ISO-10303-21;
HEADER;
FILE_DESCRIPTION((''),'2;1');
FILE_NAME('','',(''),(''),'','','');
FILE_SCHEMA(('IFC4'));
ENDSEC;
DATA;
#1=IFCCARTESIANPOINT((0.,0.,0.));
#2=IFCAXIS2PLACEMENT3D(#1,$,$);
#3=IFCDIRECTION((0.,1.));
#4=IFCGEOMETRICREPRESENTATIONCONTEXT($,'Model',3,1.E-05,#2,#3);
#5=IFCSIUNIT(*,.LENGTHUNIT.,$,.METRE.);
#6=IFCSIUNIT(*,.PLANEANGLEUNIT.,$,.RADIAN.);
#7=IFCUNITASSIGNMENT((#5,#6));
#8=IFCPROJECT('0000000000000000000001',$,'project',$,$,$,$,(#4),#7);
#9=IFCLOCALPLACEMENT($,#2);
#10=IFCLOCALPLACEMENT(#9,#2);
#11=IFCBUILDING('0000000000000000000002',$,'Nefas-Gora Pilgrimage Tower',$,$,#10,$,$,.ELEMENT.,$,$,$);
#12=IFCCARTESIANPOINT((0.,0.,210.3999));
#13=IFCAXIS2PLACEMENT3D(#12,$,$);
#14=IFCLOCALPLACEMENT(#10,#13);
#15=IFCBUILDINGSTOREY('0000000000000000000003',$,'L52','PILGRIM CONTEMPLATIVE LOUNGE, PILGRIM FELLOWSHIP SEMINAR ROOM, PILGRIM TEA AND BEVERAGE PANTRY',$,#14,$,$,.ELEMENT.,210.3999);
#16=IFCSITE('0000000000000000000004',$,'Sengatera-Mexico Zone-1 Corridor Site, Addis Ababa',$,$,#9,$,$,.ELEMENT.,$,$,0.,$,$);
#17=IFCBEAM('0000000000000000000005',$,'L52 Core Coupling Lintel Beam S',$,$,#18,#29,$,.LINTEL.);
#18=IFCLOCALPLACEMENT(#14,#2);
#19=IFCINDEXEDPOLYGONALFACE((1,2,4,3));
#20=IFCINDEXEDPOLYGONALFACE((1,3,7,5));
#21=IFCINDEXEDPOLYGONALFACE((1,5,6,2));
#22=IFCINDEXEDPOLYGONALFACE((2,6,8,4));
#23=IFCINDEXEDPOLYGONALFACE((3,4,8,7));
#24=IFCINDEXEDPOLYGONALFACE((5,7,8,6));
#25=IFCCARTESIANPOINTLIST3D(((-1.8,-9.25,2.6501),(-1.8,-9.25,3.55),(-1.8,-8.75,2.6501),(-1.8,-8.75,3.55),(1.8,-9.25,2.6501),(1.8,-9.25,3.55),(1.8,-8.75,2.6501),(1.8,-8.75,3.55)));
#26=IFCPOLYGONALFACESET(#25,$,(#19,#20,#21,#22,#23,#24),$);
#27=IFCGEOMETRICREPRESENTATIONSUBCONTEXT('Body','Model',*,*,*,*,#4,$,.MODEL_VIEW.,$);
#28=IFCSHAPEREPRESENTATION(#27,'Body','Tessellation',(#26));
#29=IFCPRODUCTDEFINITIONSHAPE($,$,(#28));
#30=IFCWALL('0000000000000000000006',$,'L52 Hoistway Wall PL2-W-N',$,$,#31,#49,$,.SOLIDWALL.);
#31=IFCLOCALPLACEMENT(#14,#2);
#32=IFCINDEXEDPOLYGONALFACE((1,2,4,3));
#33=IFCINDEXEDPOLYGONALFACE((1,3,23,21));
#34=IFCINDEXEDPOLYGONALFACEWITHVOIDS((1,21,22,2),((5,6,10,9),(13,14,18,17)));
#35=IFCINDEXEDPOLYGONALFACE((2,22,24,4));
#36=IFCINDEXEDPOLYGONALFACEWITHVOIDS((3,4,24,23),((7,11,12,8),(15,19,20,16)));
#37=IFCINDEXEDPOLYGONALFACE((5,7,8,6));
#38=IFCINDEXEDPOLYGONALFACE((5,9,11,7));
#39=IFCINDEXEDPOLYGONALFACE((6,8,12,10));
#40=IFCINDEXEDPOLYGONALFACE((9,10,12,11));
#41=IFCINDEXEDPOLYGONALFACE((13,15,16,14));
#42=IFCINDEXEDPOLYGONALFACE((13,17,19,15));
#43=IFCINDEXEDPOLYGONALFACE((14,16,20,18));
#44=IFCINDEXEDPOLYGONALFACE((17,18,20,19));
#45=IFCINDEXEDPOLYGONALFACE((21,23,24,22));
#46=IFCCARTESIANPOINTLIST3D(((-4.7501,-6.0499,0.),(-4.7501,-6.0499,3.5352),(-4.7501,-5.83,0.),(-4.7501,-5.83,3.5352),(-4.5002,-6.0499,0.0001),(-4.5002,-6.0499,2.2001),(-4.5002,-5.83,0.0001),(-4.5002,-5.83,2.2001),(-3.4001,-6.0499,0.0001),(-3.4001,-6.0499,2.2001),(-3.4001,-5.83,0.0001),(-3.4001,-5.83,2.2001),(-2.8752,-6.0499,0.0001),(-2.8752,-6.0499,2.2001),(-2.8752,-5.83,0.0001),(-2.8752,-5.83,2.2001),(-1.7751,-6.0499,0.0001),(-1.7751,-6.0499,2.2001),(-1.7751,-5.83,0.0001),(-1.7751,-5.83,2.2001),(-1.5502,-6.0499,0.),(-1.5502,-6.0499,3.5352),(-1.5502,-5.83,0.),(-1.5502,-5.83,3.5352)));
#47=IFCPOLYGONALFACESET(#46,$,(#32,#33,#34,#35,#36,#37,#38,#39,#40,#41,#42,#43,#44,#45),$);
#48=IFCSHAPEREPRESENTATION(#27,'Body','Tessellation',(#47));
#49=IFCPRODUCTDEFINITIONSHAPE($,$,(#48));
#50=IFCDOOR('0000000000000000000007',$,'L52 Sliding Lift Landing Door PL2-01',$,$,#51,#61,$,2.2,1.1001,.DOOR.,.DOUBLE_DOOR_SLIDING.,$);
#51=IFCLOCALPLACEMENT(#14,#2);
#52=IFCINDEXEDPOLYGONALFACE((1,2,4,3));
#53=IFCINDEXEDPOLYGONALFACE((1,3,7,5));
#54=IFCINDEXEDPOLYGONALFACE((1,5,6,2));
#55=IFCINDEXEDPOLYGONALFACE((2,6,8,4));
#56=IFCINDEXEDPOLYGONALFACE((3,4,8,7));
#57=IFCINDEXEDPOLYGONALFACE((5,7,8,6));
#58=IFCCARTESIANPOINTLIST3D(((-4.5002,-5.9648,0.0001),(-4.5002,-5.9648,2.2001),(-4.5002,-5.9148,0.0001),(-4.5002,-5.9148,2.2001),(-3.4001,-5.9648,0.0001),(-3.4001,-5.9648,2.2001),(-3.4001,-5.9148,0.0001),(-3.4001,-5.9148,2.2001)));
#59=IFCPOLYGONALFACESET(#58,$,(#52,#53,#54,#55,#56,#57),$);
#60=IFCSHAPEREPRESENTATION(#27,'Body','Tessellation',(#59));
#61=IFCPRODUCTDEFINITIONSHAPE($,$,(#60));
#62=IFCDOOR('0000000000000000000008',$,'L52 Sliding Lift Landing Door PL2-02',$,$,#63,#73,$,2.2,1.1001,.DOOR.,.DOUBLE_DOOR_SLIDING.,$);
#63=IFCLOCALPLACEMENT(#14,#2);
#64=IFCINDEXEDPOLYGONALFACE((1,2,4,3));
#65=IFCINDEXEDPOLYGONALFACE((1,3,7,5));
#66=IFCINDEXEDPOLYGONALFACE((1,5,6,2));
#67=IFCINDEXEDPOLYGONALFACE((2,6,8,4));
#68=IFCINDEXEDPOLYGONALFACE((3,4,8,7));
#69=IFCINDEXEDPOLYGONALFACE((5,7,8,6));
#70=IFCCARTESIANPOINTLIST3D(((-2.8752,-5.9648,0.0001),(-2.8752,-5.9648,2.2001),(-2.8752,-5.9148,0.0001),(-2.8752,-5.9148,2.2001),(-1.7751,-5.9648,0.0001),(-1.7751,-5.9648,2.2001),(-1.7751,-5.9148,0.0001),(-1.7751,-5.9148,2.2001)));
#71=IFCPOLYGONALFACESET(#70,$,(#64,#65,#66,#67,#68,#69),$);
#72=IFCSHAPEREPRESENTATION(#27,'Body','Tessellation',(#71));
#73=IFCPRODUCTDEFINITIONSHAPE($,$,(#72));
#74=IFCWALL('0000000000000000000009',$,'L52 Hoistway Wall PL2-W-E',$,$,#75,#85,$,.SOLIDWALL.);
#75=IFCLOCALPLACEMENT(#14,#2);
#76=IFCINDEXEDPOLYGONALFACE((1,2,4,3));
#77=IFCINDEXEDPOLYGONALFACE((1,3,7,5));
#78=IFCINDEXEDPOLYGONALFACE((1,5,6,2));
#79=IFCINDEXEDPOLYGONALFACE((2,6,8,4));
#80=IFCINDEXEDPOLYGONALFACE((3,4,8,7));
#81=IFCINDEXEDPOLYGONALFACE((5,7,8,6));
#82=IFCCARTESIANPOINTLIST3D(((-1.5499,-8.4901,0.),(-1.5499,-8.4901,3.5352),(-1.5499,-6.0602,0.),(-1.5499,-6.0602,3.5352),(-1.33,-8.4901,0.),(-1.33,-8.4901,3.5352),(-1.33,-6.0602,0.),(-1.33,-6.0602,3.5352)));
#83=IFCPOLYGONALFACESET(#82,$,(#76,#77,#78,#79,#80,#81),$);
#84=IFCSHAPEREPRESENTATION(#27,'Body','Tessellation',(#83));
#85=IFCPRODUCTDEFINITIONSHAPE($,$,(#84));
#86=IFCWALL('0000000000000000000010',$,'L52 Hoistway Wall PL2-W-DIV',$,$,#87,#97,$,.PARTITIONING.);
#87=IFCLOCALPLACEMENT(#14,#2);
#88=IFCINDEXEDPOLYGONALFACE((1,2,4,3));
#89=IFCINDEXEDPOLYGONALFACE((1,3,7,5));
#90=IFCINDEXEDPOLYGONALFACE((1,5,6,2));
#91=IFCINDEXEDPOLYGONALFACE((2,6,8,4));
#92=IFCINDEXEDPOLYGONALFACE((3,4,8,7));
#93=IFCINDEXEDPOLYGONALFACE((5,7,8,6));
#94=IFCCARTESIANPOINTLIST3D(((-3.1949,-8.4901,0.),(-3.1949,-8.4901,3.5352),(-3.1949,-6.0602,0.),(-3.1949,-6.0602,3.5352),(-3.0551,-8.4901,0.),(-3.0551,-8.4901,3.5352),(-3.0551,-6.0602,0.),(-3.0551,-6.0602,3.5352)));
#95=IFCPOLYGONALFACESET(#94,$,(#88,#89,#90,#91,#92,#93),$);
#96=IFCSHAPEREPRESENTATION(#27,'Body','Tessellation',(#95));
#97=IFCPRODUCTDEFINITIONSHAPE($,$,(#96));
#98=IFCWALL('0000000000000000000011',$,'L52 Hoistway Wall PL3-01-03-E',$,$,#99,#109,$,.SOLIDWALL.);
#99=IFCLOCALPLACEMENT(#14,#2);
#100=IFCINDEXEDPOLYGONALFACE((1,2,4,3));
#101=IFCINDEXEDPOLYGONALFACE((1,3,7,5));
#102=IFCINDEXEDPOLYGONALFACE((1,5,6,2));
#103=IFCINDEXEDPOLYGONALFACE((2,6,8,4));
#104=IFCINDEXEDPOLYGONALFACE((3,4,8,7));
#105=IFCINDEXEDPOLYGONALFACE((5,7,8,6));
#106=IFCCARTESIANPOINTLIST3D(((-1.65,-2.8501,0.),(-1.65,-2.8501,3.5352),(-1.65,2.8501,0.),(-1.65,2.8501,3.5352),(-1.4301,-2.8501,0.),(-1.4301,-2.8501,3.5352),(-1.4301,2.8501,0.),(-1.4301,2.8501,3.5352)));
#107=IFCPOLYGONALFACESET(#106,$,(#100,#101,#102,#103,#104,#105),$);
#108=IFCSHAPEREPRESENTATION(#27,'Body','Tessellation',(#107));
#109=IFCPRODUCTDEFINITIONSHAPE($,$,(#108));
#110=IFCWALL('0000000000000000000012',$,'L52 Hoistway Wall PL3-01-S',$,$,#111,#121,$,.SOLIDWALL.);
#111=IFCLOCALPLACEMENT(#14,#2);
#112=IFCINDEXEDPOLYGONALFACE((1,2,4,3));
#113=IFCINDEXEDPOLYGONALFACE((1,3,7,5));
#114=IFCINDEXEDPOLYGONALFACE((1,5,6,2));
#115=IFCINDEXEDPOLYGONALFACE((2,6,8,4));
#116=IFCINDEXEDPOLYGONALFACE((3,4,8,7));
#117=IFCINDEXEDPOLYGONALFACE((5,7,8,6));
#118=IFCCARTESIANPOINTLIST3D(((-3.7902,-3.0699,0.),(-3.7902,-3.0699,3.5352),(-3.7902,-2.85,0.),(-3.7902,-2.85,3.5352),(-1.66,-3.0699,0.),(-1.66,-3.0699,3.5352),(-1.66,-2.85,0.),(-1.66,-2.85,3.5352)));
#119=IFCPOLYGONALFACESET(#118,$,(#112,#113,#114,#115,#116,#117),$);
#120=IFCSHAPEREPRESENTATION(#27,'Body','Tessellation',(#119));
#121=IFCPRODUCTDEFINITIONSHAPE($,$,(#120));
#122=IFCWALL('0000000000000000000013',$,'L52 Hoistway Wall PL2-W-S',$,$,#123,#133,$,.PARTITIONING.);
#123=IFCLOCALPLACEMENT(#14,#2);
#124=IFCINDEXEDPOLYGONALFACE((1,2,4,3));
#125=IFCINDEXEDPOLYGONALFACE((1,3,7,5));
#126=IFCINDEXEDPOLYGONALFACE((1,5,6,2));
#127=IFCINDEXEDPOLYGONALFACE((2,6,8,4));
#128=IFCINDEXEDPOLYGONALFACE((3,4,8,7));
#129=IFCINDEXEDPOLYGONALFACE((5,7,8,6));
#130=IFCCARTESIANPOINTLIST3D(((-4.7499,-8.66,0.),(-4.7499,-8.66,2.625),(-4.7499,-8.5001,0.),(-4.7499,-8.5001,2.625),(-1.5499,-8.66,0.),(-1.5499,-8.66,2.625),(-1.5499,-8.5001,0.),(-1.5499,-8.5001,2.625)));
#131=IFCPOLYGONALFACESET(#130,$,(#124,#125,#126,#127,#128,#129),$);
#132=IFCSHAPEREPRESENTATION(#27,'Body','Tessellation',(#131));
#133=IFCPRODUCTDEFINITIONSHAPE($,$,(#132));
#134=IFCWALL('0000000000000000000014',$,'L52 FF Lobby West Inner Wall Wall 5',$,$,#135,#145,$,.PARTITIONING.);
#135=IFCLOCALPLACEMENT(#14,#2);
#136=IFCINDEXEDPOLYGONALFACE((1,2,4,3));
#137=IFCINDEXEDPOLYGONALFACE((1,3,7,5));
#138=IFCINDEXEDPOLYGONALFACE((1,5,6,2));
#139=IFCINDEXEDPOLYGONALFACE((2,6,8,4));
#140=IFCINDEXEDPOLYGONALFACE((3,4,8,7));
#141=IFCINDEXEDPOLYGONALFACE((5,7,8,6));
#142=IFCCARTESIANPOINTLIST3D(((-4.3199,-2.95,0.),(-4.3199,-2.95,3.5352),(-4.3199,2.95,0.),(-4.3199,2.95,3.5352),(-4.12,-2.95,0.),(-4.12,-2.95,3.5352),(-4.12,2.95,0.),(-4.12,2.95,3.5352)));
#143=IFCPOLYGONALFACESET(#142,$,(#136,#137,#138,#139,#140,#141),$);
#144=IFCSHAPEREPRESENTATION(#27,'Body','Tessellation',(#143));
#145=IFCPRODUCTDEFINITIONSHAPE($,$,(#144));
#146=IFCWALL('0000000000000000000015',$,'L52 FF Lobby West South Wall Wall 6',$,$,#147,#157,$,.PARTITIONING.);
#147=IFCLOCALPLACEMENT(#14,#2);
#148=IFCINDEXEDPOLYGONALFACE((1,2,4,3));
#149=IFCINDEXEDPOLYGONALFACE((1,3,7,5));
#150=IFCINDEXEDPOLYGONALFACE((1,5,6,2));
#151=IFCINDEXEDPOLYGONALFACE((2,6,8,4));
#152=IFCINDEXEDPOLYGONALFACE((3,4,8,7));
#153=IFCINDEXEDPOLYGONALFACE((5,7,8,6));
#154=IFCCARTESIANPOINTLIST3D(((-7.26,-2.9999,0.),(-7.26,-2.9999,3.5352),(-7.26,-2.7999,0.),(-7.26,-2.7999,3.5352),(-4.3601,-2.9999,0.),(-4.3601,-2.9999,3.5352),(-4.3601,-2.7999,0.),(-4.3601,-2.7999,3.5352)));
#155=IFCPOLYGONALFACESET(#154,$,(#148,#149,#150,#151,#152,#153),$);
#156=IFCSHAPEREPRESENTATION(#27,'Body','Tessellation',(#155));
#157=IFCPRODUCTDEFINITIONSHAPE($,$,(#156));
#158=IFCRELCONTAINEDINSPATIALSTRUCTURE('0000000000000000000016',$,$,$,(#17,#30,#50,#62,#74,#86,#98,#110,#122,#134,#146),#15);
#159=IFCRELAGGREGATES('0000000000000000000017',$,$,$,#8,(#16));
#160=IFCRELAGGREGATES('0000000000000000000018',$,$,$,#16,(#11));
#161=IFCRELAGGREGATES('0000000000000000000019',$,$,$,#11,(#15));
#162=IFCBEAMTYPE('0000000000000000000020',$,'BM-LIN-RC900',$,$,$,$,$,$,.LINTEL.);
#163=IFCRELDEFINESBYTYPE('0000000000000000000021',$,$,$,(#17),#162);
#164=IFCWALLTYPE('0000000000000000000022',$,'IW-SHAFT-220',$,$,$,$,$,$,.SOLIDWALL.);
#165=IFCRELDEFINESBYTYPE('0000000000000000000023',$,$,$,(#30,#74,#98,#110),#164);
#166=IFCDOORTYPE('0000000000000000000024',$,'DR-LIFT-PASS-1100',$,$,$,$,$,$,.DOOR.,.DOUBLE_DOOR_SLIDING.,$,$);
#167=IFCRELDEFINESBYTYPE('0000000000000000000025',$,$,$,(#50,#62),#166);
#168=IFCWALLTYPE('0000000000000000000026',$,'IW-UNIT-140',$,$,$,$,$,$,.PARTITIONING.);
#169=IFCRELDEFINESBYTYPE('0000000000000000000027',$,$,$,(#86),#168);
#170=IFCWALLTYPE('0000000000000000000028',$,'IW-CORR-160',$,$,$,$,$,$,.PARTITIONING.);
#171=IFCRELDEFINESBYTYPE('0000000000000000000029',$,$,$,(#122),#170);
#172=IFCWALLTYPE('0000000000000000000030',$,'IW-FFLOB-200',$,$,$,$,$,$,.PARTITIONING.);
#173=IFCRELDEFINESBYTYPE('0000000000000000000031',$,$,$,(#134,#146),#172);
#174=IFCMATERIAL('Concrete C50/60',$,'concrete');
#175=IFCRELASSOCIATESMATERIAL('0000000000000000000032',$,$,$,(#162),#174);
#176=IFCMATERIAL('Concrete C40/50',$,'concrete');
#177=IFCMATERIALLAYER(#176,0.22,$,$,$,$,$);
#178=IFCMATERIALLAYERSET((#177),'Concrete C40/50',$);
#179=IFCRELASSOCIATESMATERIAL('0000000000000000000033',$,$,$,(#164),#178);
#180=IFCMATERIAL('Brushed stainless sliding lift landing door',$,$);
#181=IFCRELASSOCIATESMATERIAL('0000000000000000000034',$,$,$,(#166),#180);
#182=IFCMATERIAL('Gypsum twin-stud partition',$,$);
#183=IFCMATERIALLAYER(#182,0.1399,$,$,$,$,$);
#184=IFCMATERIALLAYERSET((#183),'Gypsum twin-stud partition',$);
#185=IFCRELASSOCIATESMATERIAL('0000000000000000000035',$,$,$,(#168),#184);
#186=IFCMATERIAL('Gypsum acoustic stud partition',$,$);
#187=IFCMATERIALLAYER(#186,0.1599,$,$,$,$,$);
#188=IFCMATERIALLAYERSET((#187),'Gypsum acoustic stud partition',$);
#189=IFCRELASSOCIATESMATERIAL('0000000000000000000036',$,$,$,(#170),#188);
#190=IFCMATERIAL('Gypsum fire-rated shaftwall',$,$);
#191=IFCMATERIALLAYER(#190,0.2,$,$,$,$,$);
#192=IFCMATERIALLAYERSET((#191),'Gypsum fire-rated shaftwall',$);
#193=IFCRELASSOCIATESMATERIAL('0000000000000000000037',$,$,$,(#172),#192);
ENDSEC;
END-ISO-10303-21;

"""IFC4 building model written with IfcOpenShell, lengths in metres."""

from ifc_helpers import new_model, si_unit, direction, frame, frame_2d, origin, origin_2d, place, context, subcontext, project, spatial, rectangle, extrude, source, transform, mapped, material, layer, layer_set, material_profile, profile_set, type_object, element, fill, save


model = new_model("IFC4")

# Units and contexts
model_context = context("Model", 3, precision=1e-05, world=origin(), true_north=direction((0.0, 1.0)))
body_context = subcontext(model_context, "Body", "Model", "MODEL_VIEW")
ifc_project = project(units=[si_unit("LENGTHUNIT", "METRE"), si_unit("PLANEANGLEUNIT", "RADIAN")], contexts=[model_context])

# Site, building, storey
site_placement = place(None, origin())
site = spatial("IfcSite", under=ifc_project, at=site_placement, Name="Sengatera-Mexico Zone-1 Corridor Site, Addis Ababa", CompositionType="ELEMENT", RefElevation=0.0)
building_placement = place(site_placement, origin())
building = spatial("IfcBuilding", under=site, at=building_placement, Name="Nefas-Gora Pilgrimage Tower", CompositionType="ELEMENT")
storey_placement = place(building_placement, frame((0.0, 0.0, 210.3999)))
storey = spatial("IfcBuildingStorey", under=building, at=storey_placement, Name="L52", Description="PILGRIM CONTEMPLATIVE LOUNGE, PILGRIM FELLOWSHIP SEMINAR ROOM, PILGRIM TEA AND BEVERAGE PANTRY", CompositionType="ELEMENT", Elevation=210.3999)

# Beam
ifc_material_1 = material(Name="Concrete C50/60", Category="concrete")
ifc_material_profile = material_profile(ifc_material_1, rectangle(XDim=0.5, YDim=0.8999, at=origin_2d()), Name="RC 500x900")
ifc_profile_set = profile_set([ifc_material_profile], Name="Concrete C50/60")
beam_type = type_object("IfcBeamType", Name="BM-LIN-RC900", PredefinedType="LINTEL", material=ifc_profile_set)
shared_shape_1 = source(origin(), body_context, "Body", "SweptSolid", [
    extrude(rectangle(XDim=0.5, YDim=0.8999, at=origin_2d()), origin(), (0.0, 0.0, 1.0), 3.6001),
])
beam_placement = place(storey_placement, frame((-1.8, -9.0, 3.1001), z_axis=(1.0, 0.0, 0.0), x_axis=(0.0, 1.0, 0.0)))
element("IfcBeam", 1, at=beam_placement, inside=storey, type_object=beam_type, Name="L52 Core Coupling Lintel Beam S", PredefinedType="LINTEL", context=body_context, shape_type="MappedRepresentation", body=[
    mapped(shared_shape_1, transform((0.0, 0.0, 0.0), x_axis=(1.0, 0.0, 0.0), y_axis=(0.0, 1.0, 0.0), z_axis=(0.0, 0.0, 1.0), scale=1.0)),
])

# Wall, openings, doors
ifc_material_2 = material(Name="Concrete C40/50", Category="concrete")
ifc_layer_1 = layer(ifc_material_2, 0.22)
ifc_layer_set_1 = layer_set([ifc_layer_1], Name="Concrete C40/50")
wall_type_1 = type_object("IfcWallType", Name="IW-SHAFT-220", PredefinedType="SOLIDWALL", material=ifc_layer_set_1)
shared_shape_2 = source(origin(), body_context, "Body", "SweptSolid", [
    extrude(rectangle(XDim=3.2, YDim=0.22, at=frame_2d((1.6001, 0.0))), origin(), (0.0, 0.0, 1.0), 3.5352),
])
wall_1_placement = place(storey_placement, frame((-1.55, -5.9399, 0.0), z_axis=(0.0, 0.0, 1.0), x_axis=(-1.0, 0.0, 0.0)))
wall_1 = element("IfcWall", 2, at=wall_1_placement, inside=storey, type_object=wall_type_1, Name="L52 Hoistway Wall PL2-W-N", PredefinedType="SOLIDWALL", context=body_context, shape_type="MappedRepresentation", body=[
    mapped(shared_shape_2, transform((0.0, 0.0, 0.0), x_axis=(1.0, 0.0, 0.0), y_axis=(0.0, 1.0, 0.0), z_axis=(0.0, 0.0, 1.0), scale=1.0)),
])
opening_1_placement = place(wall_1_placement, frame((1.8501, 0.0, 0.0)))
opening_1 = element("IfcOpeningElement", 3, at=opening_1_placement, cuts=wall_1, PredefinedType="OPENING", context=body_context, shape_type="SweptSolid", body=[
    extrude(rectangle(XDim=1.1001, YDim=2.2, at=frame_2d((0.55, 1.1001))), frame((0.0, 0.1199, 0.0), z_axis=(0.0, -1.0, 0.0), x_axis=(1.0, 0.0, 0.0)), (0.0, 0.0, 1.0), 0.24),
])
opening_2_placement = place(wall_1_placement, frame((0.2251, 0.0, 0.0)))
opening_2 = element("IfcOpeningElement", 4, at=opening_2_placement, cuts=wall_1, PredefinedType="OPENING", context=body_context, shape_type="SweptSolid", body=[
    extrude(rectangle(XDim=1.1001, YDim=2.2, at=frame_2d((0.55, 1.1001))), frame((0.0, 0.1199, 0.0), z_axis=(0.0, -1.0, 0.0), x_axis=(1.0, 0.0, 0.0)), (0.0, 0.0, 1.0), 0.24),
])
ifc_material_3 = material(Name="Brushed stainless sliding lift landing door")
door_type_1 = type_object("IfcDoorType", Name="DR-LIFT-PASS-1100", OperationType="DOUBLE_DOOR_SLIDING", PredefinedType="DOOR", material=ifc_material_3)
shared_shape_3 = source(origin(), body_context, "Body", "SweptSolid", [
    extrude(rectangle(XDim=1.1001, YDim=2.2, at=frame_2d((0.55, 1.1001))), frame((0.0, 0.0249, 0.0), z_axis=(0.0, -1.0, 0.0), x_axis=(1.0, 0.0, 0.0)), (0.0, 0.0, 1.0), 0.05),
])
door_1_placement = place(opening_1_placement, origin())
door_1 = element("IfcDoor", 5, at=door_1_placement, inside=storey, type_object=door_type_1, Name="L52 Sliding Lift Landing Door PL2-01", OperationType="DOUBLE_DOOR_SLIDING", OverallHeight=2.2, OverallWidth=1.1001, PredefinedType="DOOR", context=body_context, shape_type="MappedRepresentation", body=[
    mapped(shared_shape_3, transform((0.0, 0.0, 0.0), x_axis=(1.0, 0.0, 0.0), y_axis=(0.0, 1.0, 0.0), z_axis=(0.0, 0.0, 1.0), scale=1.0)),
])
fill(opening_1, door_1)
door_2_placement = place(opening_2_placement, origin())
door_2 = element("IfcDoor", 6, at=door_2_placement, inside=storey, type_object=door_type_1, Name="L52 Sliding Lift Landing Door PL2-02", OperationType="DOUBLE_DOOR_SLIDING", OverallHeight=2.2, OverallWidth=1.1001, PredefinedType="DOOR", context=body_context, shape_type="MappedRepresentation", body=[
    mapped(shared_shape_3, transform((0.0, 0.0, 0.0), x_axis=(1.0, 0.0, 0.0), y_axis=(0.0, 1.0, 0.0), z_axis=(0.0, 0.0, 1.0), scale=1.0)),
])
fill(opening_2, door_2)

# Walls
shared_shape_4 = source(origin(), body_context, "Body", "SweptSolid", [
    extrude(rectangle(XDim=2.4299, YDim=0.22, at=frame_2d((1.2148, 0.0))), origin(), (0.0, 0.0, 1.0), 3.5352),
])
for number, where, z_axis, x_axis, name in (
    (7, (-1.4399, -8.49, 0.0), (0.0, 0.0, 1.0), (0.0, 1.0, 0.0), "L52 Hoistway Wall PL2-W-E"),
):
    element("IfcWall", number, at=place(storey_placement, frame(where, z_axis=z_axis, x_axis=x_axis)), inside=storey, type_object=wall_type_1, Name=name, PredefinedType="SOLIDWALL", context=body_context, shape_type="MappedRepresentation", body=[
        mapped(shared_shape_4, transform((0.0, 0.0, 0.0), x_axis=(1.0, 0.0, 0.0), y_axis=(0.0, 1.0, 0.0), z_axis=(0.0, 0.0, 1.0), scale=1.0)),
    ])
ifc_material_4 = material(Name="Gypsum twin-stud partition")
ifc_layer_2 = layer(ifc_material_4, 0.1399)
ifc_layer_set_2 = layer_set([ifc_layer_2], Name="Gypsum twin-stud partition")
wall_type_2 = type_object("IfcWallType", Name="IW-UNIT-140", PredefinedType="PARTITIONING", material=ifc_layer_set_2)
shared_shape_5 = source(origin(), body_context, "Body", "SweptSolid", [
    extrude(rectangle(XDim=2.4299, YDim=0.1399, at=frame_2d((1.2148, 0.0))), origin(), (0.0, 0.0, 1.0), 3.5352),
])
wall_2_placement = place(storey_placement, frame((-3.125, -8.49, 0.0), z_axis=(0.0, 0.0, 1.0), x_axis=(0.0, 1.0, 0.0)))
element("IfcWall", 8, at=wall_2_placement, inside=storey, type_object=wall_type_2, Name="L52 Hoistway Wall PL2-W-DIV", PredefinedType="PARTITIONING", context=body_context, shape_type="MappedRepresentation", body=[
    mapped(shared_shape_5, transform((0.0, 0.0, 0.0), x_axis=(1.0, 0.0, 0.0), y_axis=(0.0, 1.0, 0.0), z_axis=(0.0, 0.0, 1.0), scale=1.0)),
])
shared_shape_6 = source(origin(), body_context, "Body", "SweptSolid", [
    extrude(rectangle(XDim=5.7002, YDim=0.22, at=frame_2d((2.8501, 0.0))), origin(), (0.0, 0.0, 1.0), 3.5352),
])
wall_3_placement = place(storey_placement, frame((-1.54, -2.8501, 0.0), z_axis=(0.0, 0.0, 1.0), x_axis=(0.0, 1.0, 0.0)))
element("IfcWall", 9, at=wall_3_placement, inside=storey, type_object=wall_type_1, Name="L52 Hoistway Wall PL3-01-03-E", PredefinedType="SOLIDWALL", context=body_context, shape_type="MappedRepresentation", body=[
    mapped(shared_shape_6, transform((0.0, 0.0, 0.0), x_axis=(1.0, 0.0, 0.0), y_axis=(0.0, 1.0, 0.0), z_axis=(0.0, 0.0, 1.0), scale=1.0)),
])
shared_shape_7 = source(origin(), body_context, "Body", "SweptSolid", [
    extrude(rectangle(XDim=2.1301, YDim=0.22, at=frame_2d((1.0649, 0.0))), origin(), (0.0, 0.0, 1.0), 3.5352),
])
wall_4_placement = place(storey_placement, frame((-3.79, -2.96, 0.0), z_axis=(0.0, 0.0, 1.0), x_axis=(1.0, 0.0, 0.0)))
element("IfcWall", 10, at=wall_4_placement, inside=storey, type_object=wall_type_1, Name="L52 Hoistway Wall PL3-01-S", PredefinedType="SOLIDWALL", context=body_context, shape_type="MappedRepresentation", body=[
    mapped(shared_shape_7, transform((0.0, 0.0, 0.0), x_axis=(1.0, 0.0, 0.0), y_axis=(0.0, 1.0, 0.0), z_axis=(0.0, 0.0, 1.0), scale=1.0)),
])
ifc_material_5 = material(Name="Gypsum acoustic stud partition")
ifc_layer_3 = layer(ifc_material_5, 0.1599)
ifc_layer_set_3 = layer_set([ifc_layer_3], Name="Gypsum acoustic stud partition")
wall_type_3 = type_object("IfcWallType", Name="IW-CORR-160", PredefinedType="PARTITIONING", material=ifc_layer_set_3)
shared_shape_8 = source(origin(), body_context, "Body", "SweptSolid", [
    extrude(rectangle(XDim=3.2, YDim=0.1599, at=frame_2d((1.6001, 0.0))), origin(), (0.0, 0.0, 1.0), 2.625),
])
wall_5_placement = place(storey_placement, frame((-4.75, -8.5801, 0.0), z_axis=(0.0, 0.0, 1.0), x_axis=(1.0, 0.0, 0.0)))
element("IfcWall", 11, at=wall_5_placement, inside=storey, type_object=wall_type_3, Name="L52 Hoistway Wall PL2-W-S", PredefinedType="PARTITIONING", context=body_context, shape_type="MappedRepresentation", body=[
    mapped(shared_shape_8, transform((0.0, 0.0, 0.0), x_axis=(1.0, 0.0, 0.0), y_axis=(0.0, 1.0, 0.0), z_axis=(0.0, 0.0, 1.0), scale=1.0)),
])
ifc_material_6 = material(Name="Gypsum fire-rated shaftwall")
ifc_layer_4 = layer(ifc_material_6, 0.2)
ifc_layer_set_4 = layer_set([ifc_layer_4], Name="Gypsum fire-rated shaftwall")
wall_type_4 = type_object("IfcWallType", Name="IW-FFLOB-200", PredefinedType="PARTITIONING", material=ifc_layer_set_4)
shared_shape_9 = source(origin(), body_context, "Body", "SweptSolid", [
    extrude(rectangle(XDim=5.8999, YDim=0.2, at=frame_2d((2.95, 0.0))), origin(), (0.0, 0.0, 1.0), 3.5352),
])
wall_6_placement = place(storey_placement, frame((-4.22, -2.95, 0.0), z_axis=(0.0, 0.0, 1.0), x_axis=(0.0, 1.0, 0.0)))
element("IfcWall", 12, at=wall_6_placement, inside=storey, type_object=wall_type_4, Name="L52 FF Lobby West Inner Wall Wall 5", PredefinedType="PARTITIONING", context=body_context, shape_type="MappedRepresentation", body=[
    mapped(shared_shape_9, transform((0.0, 0.0, 0.0), x_axis=(1.0, 0.0, 0.0), y_axis=(0.0, 1.0, 0.0), z_axis=(0.0, 0.0, 1.0), scale=1.0)),
])
shared_shape_10 = source(origin(), body_context, "Body", "SweptSolid", [
    extrude(rectangle(XDim=2.8999, YDim=0.2, at=frame_2d((1.45, 0.0))), origin(), (0.0, 0.0, 1.0), 3.5352),
])
wall_7_placement = place(storey_placement, frame((-7.26, -2.8999, 0.0), z_axis=(0.0, 0.0, 1.0), x_axis=(1.0, 0.0, 0.0)))
element("IfcWall", 13, at=wall_7_placement, inside=storey, type_object=wall_type_4, Name="L52 FF Lobby West South Wall Wall 6", PredefinedType="PARTITIONING", context=body_context, shape_type="MappedRepresentation", body=[
    mapped(shared_shape_10, transform((0.0, 0.0, 0.0), x_axis=(1.0, 0.0, 0.0), y_axis=(0.0, 1.0, 0.0), z_axis=(0.0, 0.0, 1.0), scale=1.0)),
])

save(model, "model.ifc")
